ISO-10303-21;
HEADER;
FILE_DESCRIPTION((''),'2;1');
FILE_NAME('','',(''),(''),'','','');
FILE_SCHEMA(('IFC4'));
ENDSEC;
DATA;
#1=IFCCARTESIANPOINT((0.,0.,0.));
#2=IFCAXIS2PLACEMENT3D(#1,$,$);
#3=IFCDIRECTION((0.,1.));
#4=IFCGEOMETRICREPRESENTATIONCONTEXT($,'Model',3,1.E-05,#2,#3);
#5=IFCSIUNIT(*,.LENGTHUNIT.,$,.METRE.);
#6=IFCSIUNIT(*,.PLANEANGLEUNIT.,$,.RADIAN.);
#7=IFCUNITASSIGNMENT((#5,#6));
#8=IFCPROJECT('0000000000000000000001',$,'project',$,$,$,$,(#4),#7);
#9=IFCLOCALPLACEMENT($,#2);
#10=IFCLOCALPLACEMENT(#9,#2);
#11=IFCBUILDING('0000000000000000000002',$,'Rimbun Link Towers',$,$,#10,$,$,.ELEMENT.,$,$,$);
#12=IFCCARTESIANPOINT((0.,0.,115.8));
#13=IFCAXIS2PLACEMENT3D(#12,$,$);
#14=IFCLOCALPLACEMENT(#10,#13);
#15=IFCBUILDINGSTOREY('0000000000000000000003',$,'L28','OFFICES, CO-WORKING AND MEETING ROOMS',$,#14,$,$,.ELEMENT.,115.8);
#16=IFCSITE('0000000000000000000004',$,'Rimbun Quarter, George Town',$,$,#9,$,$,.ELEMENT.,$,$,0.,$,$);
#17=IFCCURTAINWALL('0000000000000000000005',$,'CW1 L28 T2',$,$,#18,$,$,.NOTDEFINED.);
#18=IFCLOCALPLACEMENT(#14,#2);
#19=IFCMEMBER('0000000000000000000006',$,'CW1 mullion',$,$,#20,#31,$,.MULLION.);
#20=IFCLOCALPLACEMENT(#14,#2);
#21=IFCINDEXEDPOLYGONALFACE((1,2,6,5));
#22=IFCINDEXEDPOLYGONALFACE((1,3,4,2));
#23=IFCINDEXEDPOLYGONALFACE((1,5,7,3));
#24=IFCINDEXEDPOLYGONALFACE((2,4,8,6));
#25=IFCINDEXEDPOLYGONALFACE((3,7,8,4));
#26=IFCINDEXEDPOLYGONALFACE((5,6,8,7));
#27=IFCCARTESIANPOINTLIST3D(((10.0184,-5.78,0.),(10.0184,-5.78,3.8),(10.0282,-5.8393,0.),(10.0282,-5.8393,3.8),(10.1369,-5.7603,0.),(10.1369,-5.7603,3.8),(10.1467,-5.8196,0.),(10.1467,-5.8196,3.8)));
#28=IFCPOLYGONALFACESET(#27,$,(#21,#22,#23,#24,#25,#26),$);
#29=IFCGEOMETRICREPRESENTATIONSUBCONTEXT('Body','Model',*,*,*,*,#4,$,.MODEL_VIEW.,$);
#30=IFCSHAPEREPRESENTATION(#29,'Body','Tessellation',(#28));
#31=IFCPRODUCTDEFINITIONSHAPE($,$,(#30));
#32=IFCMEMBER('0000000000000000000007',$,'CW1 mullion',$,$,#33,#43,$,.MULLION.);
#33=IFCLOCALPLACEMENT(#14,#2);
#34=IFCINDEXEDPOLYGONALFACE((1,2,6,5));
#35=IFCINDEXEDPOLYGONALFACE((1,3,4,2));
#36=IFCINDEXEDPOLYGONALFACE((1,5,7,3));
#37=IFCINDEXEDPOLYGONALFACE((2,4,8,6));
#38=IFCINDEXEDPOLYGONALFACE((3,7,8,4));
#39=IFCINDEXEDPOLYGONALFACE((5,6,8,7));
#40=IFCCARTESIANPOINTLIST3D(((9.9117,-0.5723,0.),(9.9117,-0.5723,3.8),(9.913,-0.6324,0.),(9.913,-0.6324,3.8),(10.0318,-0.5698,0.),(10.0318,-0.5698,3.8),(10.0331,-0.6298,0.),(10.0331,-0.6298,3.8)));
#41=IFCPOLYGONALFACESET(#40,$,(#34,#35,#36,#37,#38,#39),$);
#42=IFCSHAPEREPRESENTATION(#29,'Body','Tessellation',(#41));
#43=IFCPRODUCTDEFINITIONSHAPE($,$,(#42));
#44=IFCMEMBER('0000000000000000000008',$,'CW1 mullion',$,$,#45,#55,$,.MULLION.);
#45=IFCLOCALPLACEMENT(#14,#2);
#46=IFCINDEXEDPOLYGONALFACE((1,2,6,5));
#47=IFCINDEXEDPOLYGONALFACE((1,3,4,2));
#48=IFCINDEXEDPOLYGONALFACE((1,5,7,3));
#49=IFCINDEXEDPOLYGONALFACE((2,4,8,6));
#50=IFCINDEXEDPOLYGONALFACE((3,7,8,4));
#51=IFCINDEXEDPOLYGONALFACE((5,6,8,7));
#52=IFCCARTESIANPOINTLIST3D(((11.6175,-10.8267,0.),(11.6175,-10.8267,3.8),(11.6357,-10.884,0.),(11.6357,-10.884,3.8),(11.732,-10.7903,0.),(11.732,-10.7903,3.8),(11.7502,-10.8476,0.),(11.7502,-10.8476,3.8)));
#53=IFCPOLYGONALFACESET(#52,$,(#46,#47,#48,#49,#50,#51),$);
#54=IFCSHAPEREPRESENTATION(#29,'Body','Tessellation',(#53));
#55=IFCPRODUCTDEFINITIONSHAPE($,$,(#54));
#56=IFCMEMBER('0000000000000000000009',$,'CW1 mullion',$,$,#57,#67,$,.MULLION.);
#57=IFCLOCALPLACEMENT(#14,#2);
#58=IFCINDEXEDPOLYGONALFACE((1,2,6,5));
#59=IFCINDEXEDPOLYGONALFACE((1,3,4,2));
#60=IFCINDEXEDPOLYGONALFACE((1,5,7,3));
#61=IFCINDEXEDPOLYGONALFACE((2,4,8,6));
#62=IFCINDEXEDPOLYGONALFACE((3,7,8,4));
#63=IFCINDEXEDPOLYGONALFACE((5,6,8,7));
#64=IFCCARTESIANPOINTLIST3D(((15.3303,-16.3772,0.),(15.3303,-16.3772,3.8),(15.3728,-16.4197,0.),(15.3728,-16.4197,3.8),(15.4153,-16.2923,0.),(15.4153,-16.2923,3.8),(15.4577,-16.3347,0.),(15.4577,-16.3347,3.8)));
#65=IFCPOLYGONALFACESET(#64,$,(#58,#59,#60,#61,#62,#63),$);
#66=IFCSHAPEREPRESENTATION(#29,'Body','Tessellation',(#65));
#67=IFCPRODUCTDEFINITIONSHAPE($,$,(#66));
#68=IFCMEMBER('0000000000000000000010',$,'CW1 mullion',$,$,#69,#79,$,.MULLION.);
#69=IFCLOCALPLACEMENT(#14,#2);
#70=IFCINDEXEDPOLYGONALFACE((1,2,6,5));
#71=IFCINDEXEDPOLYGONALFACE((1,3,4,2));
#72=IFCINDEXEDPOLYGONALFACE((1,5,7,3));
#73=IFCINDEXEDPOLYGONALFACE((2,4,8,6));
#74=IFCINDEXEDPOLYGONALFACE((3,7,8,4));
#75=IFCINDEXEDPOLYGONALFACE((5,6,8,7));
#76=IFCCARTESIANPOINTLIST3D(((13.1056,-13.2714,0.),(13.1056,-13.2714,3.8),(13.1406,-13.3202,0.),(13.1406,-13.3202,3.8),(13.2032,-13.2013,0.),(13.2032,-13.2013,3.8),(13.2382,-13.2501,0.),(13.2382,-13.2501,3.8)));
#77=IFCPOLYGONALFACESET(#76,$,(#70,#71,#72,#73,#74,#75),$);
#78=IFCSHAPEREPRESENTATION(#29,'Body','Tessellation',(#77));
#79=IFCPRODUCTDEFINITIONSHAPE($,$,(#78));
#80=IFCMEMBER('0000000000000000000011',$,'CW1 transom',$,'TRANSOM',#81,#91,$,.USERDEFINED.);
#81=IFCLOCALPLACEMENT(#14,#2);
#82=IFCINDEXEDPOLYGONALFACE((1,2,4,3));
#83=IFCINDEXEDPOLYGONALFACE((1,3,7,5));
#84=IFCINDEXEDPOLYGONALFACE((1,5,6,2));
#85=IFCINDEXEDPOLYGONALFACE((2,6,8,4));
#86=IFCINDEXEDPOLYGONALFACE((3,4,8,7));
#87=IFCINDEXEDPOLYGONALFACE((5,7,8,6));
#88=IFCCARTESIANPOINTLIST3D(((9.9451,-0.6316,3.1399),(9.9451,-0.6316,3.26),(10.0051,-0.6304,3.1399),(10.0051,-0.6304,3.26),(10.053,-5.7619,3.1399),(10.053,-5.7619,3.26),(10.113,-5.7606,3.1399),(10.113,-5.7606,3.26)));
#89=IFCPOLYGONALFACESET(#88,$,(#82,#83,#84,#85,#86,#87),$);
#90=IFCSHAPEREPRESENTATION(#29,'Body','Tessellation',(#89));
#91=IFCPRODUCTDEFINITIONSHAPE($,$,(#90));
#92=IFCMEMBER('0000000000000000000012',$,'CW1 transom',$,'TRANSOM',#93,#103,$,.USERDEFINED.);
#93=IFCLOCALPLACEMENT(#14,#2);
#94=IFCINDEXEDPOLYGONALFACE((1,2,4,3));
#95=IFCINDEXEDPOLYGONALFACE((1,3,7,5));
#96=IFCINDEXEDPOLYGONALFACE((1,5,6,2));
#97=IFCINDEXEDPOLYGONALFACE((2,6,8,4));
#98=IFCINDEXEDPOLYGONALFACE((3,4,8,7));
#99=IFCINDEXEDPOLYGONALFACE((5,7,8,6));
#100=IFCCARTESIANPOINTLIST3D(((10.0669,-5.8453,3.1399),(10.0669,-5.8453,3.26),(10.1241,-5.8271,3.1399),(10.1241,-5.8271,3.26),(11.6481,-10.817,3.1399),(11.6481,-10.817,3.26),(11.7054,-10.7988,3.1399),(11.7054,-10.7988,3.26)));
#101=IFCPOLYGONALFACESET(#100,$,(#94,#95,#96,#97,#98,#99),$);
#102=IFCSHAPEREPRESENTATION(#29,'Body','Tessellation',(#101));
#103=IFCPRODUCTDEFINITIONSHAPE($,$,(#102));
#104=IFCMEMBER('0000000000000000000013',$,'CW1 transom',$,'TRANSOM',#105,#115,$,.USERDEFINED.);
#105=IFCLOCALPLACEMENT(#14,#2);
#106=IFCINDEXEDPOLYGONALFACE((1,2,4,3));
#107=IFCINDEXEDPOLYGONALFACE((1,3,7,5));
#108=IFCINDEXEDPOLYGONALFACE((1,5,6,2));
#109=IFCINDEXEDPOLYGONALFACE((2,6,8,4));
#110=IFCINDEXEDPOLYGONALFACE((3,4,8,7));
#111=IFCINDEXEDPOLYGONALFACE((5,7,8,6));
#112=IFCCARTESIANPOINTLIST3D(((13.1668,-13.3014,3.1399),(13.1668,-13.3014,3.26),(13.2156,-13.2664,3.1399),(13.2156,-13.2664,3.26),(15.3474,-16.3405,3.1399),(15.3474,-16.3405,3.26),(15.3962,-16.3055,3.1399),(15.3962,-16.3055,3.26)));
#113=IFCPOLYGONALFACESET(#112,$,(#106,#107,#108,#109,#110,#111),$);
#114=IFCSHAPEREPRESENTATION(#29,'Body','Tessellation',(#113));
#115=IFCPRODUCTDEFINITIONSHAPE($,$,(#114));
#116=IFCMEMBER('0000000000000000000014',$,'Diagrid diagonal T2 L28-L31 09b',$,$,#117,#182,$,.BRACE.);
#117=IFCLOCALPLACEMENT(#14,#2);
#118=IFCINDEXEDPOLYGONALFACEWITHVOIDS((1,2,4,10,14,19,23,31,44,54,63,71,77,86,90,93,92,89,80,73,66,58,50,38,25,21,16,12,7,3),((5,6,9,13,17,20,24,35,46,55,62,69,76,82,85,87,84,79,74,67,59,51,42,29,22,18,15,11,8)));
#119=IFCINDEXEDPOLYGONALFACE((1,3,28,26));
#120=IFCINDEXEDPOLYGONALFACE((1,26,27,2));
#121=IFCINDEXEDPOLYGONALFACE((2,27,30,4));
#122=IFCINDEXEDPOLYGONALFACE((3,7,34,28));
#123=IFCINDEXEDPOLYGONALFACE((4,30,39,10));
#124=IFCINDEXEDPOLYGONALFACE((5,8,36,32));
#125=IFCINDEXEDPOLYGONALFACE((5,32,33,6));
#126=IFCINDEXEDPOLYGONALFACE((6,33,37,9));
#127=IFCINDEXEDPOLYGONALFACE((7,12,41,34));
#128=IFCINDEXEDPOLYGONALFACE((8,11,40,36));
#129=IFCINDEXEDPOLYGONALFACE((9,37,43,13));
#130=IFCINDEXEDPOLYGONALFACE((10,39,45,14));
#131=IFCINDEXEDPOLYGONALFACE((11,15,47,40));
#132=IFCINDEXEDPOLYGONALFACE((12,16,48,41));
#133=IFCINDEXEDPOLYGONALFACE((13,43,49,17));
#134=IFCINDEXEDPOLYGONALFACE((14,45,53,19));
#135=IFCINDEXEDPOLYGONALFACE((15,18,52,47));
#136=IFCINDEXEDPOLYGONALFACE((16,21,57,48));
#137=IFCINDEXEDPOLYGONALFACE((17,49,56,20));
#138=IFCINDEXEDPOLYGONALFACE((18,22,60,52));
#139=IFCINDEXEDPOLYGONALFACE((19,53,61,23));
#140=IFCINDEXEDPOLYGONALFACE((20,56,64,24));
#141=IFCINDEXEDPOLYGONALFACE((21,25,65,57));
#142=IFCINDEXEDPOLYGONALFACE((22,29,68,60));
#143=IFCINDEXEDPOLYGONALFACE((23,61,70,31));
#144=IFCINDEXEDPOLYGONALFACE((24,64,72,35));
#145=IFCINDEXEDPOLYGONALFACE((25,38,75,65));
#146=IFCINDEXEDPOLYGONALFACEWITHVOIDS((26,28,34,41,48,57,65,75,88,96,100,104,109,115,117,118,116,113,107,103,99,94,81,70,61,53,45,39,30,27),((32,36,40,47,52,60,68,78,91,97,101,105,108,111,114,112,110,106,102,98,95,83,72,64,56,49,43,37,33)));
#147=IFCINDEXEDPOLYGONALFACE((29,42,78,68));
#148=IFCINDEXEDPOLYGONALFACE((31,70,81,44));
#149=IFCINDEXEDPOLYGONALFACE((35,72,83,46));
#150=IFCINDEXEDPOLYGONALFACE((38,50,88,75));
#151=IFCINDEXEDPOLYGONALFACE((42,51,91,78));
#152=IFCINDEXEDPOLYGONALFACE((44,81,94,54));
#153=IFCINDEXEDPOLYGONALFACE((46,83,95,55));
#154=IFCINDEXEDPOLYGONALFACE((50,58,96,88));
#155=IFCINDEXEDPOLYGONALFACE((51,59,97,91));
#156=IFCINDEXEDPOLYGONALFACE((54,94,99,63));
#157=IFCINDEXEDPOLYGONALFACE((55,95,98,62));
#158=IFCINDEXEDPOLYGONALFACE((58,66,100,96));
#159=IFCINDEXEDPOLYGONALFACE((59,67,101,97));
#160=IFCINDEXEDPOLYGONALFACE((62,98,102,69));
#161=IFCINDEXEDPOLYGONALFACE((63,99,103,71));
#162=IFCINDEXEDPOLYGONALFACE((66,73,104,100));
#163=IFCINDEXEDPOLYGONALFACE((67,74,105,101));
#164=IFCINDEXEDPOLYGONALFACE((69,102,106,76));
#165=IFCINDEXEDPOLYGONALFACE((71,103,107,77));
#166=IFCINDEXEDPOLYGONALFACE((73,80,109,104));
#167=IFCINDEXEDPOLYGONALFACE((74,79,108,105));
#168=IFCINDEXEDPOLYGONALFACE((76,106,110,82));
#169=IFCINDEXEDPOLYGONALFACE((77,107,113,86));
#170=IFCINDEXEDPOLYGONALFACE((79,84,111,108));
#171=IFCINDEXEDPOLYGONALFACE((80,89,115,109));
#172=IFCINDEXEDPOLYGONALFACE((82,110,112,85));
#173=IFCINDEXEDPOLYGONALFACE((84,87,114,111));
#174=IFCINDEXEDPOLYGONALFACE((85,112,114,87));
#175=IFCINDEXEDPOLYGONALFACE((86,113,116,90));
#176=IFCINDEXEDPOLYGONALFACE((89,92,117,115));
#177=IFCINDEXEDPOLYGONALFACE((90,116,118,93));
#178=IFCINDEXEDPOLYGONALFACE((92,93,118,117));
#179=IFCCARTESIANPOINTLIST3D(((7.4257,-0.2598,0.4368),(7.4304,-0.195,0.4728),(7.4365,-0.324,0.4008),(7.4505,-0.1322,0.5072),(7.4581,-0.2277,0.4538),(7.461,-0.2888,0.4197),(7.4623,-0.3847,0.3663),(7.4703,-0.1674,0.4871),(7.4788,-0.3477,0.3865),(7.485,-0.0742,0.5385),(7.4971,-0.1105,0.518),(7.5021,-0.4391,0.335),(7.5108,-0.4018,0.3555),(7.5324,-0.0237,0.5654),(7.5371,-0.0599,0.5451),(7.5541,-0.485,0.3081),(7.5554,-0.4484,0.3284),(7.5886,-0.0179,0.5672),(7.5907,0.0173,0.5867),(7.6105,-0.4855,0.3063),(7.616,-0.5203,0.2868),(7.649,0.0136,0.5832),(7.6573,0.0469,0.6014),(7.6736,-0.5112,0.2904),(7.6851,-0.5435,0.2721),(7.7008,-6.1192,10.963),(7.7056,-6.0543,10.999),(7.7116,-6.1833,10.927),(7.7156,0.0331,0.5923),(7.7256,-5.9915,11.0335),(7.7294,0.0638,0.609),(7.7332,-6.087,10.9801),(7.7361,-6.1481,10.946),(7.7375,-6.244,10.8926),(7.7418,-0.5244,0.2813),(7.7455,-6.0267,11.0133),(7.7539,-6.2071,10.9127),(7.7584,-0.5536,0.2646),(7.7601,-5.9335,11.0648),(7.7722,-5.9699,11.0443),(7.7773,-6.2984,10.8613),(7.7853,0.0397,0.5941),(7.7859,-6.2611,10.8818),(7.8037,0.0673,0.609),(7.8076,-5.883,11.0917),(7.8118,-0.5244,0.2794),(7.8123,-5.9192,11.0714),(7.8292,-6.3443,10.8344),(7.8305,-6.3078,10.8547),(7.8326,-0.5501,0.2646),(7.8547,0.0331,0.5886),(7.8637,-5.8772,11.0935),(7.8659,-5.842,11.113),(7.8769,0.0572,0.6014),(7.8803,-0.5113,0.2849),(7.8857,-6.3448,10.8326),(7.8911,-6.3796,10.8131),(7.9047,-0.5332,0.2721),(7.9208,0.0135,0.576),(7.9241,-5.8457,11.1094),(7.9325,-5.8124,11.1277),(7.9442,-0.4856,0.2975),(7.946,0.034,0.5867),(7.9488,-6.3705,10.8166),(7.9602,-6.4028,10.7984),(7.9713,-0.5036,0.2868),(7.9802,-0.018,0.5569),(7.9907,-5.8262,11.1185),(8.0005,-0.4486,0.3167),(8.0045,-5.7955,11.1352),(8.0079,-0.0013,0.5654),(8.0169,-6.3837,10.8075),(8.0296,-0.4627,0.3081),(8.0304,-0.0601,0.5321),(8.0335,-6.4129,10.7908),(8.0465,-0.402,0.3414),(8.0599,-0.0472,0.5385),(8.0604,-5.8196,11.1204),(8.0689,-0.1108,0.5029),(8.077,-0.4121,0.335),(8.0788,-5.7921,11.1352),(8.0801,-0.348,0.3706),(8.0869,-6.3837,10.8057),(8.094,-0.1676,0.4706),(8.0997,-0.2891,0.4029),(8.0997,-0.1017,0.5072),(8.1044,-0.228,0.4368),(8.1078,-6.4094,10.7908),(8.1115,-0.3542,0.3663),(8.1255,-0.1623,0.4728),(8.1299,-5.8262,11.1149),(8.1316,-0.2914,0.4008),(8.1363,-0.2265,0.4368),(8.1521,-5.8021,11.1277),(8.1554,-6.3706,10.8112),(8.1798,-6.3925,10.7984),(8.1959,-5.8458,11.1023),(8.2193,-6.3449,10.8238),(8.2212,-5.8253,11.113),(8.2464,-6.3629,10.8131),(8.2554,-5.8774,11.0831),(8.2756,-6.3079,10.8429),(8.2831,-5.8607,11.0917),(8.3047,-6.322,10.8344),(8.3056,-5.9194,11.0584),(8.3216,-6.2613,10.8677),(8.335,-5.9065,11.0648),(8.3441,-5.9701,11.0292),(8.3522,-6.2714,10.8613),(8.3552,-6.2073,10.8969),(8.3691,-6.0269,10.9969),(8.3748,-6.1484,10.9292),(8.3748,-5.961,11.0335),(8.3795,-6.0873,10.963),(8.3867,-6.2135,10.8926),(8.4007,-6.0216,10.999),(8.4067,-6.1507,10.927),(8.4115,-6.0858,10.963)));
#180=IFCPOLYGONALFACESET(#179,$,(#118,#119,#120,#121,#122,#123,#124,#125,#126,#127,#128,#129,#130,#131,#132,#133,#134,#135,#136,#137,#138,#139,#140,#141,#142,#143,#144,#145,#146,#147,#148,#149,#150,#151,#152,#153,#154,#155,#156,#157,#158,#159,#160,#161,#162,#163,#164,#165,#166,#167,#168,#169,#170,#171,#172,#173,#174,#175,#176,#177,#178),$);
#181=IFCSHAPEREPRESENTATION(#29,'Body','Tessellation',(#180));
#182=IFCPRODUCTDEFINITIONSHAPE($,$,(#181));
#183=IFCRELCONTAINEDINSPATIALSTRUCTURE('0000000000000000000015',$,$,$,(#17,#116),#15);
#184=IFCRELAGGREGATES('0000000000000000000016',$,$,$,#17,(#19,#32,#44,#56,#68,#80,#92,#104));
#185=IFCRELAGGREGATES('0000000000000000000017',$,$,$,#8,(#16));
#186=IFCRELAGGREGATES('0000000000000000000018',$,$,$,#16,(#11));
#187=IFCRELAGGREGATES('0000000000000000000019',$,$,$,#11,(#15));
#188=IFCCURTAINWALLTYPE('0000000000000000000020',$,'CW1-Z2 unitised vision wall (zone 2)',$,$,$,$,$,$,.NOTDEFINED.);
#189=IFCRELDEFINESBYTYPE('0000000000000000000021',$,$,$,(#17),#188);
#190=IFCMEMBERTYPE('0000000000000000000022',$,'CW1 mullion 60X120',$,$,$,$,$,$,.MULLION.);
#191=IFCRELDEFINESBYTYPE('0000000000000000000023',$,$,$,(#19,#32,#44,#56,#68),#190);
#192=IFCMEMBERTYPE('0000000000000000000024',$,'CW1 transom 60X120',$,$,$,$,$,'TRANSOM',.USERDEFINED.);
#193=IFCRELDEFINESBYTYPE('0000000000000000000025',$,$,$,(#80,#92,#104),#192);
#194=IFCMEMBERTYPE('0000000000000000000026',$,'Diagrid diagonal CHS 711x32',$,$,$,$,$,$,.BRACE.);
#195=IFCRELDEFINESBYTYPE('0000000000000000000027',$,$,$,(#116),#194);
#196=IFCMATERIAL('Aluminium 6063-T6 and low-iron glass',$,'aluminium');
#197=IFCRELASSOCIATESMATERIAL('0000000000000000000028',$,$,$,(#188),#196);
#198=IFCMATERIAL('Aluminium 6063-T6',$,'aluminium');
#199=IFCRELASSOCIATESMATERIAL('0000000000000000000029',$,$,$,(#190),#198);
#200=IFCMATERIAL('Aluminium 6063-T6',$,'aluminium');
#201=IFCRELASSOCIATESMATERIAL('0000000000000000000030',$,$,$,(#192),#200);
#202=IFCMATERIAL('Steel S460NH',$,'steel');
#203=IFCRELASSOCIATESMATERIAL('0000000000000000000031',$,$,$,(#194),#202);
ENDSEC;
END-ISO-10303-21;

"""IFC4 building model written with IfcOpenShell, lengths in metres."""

from ifc_helpers import new_model, si_unit, direction, frame, origin, origin_2d, place, context, subcontext, project, spatial, rectangle, hollow_circle, extrude, material, material_profile, profile_set, type_object, element, aggregate, save


model = new_model("IFC4")

# Units and contexts
model_context = context("Model", 3, precision=1e-05, world=origin(), true_north=direction((0.0, 1.0)))
body_context = subcontext(model_context, "Body", "Model", "MODEL_VIEW")
ifc_project = project(units=[si_unit("LENGTHUNIT", "METRE"), si_unit("PLANEANGLEUNIT", "RADIAN")], contexts=[model_context])

# Site, building, storey
site_placement = place(None, origin())
site = spatial("IfcSite", under=ifc_project, at=site_placement, Name="Rimbun Quarter, George Town", CompositionType="ELEMENT", RefElevation=0.0)
building_placement = place(site_placement, origin())
building = spatial("IfcBuilding", under=site, at=building_placement, Name="Rimbun Link Towers", CompositionType="ELEMENT")
storey_placement = place(building_placement, frame((0.0, 0.0, 115.8)))
storey = spatial("IfcBuildingStorey", under=building, at=storey_placement, Name="L28", Description="OFFICES, CO-WORKING AND MEETING ROOMS", CompositionType="ELEMENT", Elevation=115.8)

# Curtain wall, members
ifc_material_1 = material(Name="Aluminium 6063-T6 and low-iron glass", Category="aluminium")
curtain_wall_type = type_object("IfcCurtainWallType", Name="CW1-Z2 unitised vision wall (zone 2)", PredefinedType="NOTDEFINED", material=ifc_material_1)
curtain_wall_placement = place(storey_placement, origin())
curtain_wall = element("IfcCurtainWall", 1, at=curtain_wall_placement, inside=storey, type_object=curtain_wall_type, Name="CW1 L28 T2", PredefinedType="NOTDEFINED")
ifc_material_2 = material(Name="Aluminium 6063-T6", Category="aluminium")
ifc_material_profile_1 = material_profile(ifc_material_2, rectangle(XDim=0.1201, YDim=0.0601, at=origin_2d()), Name="MULLION 60X120")
ifc_profile_set_1 = profile_set([ifc_material_profile_1], Name="Aluminium 6063-T6")
member_type_1 = type_object("IfcMemberType", Name="CW1 mullion 60X120", PredefinedType="MULLION", material=ifc_profile_set_1)
member_1_placement = place(storey_placement, frame((10.0825, -5.7998, 0.0), z_axis=(0.0, 0.0, 1.0), x_axis=(-0.986502, -0.163751, 0.0)))
member_1 = element("IfcMember", 2, at=member_1_placement, type_object=member_type_1, Name="CW1 mullion", PredefinedType="MULLION", context=body_context, shape_type="SweptSolid", body=[
    extrude(rectangle(XDim=0.1201, YDim=0.0601, at=origin_2d()), origin(), (0.0, 0.0, 1.0), 3.8),
])
member_2_placement = place(storey_placement, frame((9.9724, -0.6011, 0.0), z_axis=(0.0, 0.0, 1.0), x_axis=(-0.999778, -0.021066, 0.0)))
member_2 = element("IfcMember", 3, at=member_2_placement, type_object=member_type_1, Name="CW1 mullion", PredefinedType="MULLION", context=body_context, shape_type="SweptSolid", body=[
    extrude(rectangle(XDim=0.1201, YDim=0.0601, at=origin_2d()), origin(), (0.0, 0.0, 1.0), 3.8),
])
member_3_placement = place(storey_placement, frame((11.6838, -10.8372, 0.0), z_axis=(0.0, 0.0, 1.0), x_axis=(-0.952967, -0.303073, 0.0)))
member_3 = element("IfcMember", 4, at=member_3_placement, type_object=member_type_1, Name="CW1 mullion", PredefinedType="MULLION", context=body_context, shape_type="SweptSolid", body=[
    extrude(rectangle(XDim=0.1201, YDim=0.0601, at=origin_2d()), origin(), (0.0, 0.0, 1.0), 3.8),
])
member_4_placement = place(storey_placement, frame((15.394, -16.356, 0.0), z_axis=(0.0, 0.0, 1.0), x_axis=(-0.707107, -0.707107, 0.0)))
member_4 = element("IfcMember", 5, at=member_4_placement, type_object=member_type_1, Name="CW1 mullion", PredefinedType="MULLION", context=body_context, shape_type="SweptSolid", body=[
    extrude(rectangle(XDim=0.1201, YDim=0.0601, at=origin_2d()), origin(), (0.0, 0.0, 1.0), 3.8),
])
member_5_placement = place(storey_placement, frame((13.1719, -13.2607, 0.0), z_axis=(0.0, 0.0, 1.0), x_axis=(-0.812469, -0.583004, 0.0)))
member_5 = element("IfcMember", 6, at=member_5_placement, type_object=member_type_1, Name="CW1 mullion", PredefinedType="MULLION", context=body_context, shape_type="SweptSolid", body=[
    extrude(rectangle(XDim=0.1201, YDim=0.0601, at=origin_2d()), origin(), (0.0, 0.0, 1.0), 3.8),
])
ifc_material_3 = material(Name="Aluminium 6063-T6", Category="aluminium")
ifc_material_profile_2 = material_profile(ifc_material_3, rectangle(XDim=0.0601, YDim=0.1201, at=origin_2d()), Name="TRANSOM 60X120")
ifc_profile_set_2 = profile_set([ifc_material_profile_2], Name="Aluminium 6063-T6")
member_type_2 = type_object("IfcMemberType", Name="CW1 transom 60X120", ElementType="TRANSOM", PredefinedType="USERDEFINED", material=ifc_profile_set_2)
member_6_placement = place(storey_placement, frame((10.083, -5.7612, 3.2), z_axis=(-0.02103, 0.999779, 0.0), x_axis=(-0.999779, -0.02103, 0.0)))
member_6 = element("IfcMember", 7, at=member_6_placement, type_object=member_type_2, Name="CW1 transom", ObjectType="TRANSOM", PredefinedType="USERDEFINED", context=body_context, shape_type="SweptSolid", body=[
    extrude(rectangle(XDim=0.0601, YDim=0.1201, at=origin_2d()), origin(), (0.0, 0.0, 1.0), 5.1313),
])
member_7_placement = place(storey_placement, frame((11.6768, -10.8079, 3.2), z_axis=(-0.303099, 0.952959, 0.0), x_axis=(-0.952959, -0.303099, 0.0)))
member_7 = element("IfcMember", 8, at=member_7_placement, type_object=member_type_2, Name="CW1 transom", ObjectType="TRANSOM", PredefinedType="USERDEFINED", context=body_context, shape_type="SweptSolid", body=[
    extrude(rectangle(XDim=0.0601, YDim=0.1201, at=origin_2d()), origin(), (0.0, 0.0, 1.0), 5.217),
])
member_8_placement = place(storey_placement, frame((15.3718, -16.323, 3.2), z_axis=(-0.58299, 0.812479, 0.0), x_axis=(-0.812479, -0.58299, 0.0)))
member_8 = element("IfcMember", 9, at=member_8_placement, type_object=member_type_2, Name="CW1 transom", ObjectType="TRANSOM", PredefinedType="USERDEFINED", context=body_context, shape_type="SweptSolid", body=[
    extrude(rectangle(XDim=0.0601, YDim=0.1201, at=origin_2d()), origin(), (0.0, 0.0, 1.0), 3.7405),
])

# Member
ifc_material_4 = material(Name="Steel S460NH", Category="steel")
ifc_material_profile_3 = material_profile(ifc_material_4, hollow_circle(Radius=0.3557, WallThickness=0.032, at=origin_2d()), Name="Diagrid diagonal CHS 711x32")
ifc_profile_set_3 = profile_set([ifc_material_profile_3], Name="Steel S460NH")
member_type_3 = type_object("IfcMemberType", Name="Diagrid diagonal CHS 711x32", PredefinedType="BRACE", material=ifc_profile_set_3)
member_9_placement = place(storey_placement, frame((7.781, -0.2432, 0.4368), z_axis=(0.022833, -0.486239, 0.873528), x_axis=(0.998899, 0.046907, 0.0)))
element("IfcMember", 10, at=member_9_placement, inside=storey, type_object=member_type_3, Name="Diagrid diagonal T2 L28-L31 09b", PredefinedType="BRACE", context=body_context, shape_type="SweptSolid", body=[
    extrude(hollow_circle(Radius=0.3557, WallThickness=0.032, at=origin_2d()), origin(), (0.0, 0.0, 1.0), 12.0503),
])

aggregate(curtain_wall, [member_1, member_2, member_3, member_4, member_5, member_6, member_7, member_8])

save(model, "model.ifc")
